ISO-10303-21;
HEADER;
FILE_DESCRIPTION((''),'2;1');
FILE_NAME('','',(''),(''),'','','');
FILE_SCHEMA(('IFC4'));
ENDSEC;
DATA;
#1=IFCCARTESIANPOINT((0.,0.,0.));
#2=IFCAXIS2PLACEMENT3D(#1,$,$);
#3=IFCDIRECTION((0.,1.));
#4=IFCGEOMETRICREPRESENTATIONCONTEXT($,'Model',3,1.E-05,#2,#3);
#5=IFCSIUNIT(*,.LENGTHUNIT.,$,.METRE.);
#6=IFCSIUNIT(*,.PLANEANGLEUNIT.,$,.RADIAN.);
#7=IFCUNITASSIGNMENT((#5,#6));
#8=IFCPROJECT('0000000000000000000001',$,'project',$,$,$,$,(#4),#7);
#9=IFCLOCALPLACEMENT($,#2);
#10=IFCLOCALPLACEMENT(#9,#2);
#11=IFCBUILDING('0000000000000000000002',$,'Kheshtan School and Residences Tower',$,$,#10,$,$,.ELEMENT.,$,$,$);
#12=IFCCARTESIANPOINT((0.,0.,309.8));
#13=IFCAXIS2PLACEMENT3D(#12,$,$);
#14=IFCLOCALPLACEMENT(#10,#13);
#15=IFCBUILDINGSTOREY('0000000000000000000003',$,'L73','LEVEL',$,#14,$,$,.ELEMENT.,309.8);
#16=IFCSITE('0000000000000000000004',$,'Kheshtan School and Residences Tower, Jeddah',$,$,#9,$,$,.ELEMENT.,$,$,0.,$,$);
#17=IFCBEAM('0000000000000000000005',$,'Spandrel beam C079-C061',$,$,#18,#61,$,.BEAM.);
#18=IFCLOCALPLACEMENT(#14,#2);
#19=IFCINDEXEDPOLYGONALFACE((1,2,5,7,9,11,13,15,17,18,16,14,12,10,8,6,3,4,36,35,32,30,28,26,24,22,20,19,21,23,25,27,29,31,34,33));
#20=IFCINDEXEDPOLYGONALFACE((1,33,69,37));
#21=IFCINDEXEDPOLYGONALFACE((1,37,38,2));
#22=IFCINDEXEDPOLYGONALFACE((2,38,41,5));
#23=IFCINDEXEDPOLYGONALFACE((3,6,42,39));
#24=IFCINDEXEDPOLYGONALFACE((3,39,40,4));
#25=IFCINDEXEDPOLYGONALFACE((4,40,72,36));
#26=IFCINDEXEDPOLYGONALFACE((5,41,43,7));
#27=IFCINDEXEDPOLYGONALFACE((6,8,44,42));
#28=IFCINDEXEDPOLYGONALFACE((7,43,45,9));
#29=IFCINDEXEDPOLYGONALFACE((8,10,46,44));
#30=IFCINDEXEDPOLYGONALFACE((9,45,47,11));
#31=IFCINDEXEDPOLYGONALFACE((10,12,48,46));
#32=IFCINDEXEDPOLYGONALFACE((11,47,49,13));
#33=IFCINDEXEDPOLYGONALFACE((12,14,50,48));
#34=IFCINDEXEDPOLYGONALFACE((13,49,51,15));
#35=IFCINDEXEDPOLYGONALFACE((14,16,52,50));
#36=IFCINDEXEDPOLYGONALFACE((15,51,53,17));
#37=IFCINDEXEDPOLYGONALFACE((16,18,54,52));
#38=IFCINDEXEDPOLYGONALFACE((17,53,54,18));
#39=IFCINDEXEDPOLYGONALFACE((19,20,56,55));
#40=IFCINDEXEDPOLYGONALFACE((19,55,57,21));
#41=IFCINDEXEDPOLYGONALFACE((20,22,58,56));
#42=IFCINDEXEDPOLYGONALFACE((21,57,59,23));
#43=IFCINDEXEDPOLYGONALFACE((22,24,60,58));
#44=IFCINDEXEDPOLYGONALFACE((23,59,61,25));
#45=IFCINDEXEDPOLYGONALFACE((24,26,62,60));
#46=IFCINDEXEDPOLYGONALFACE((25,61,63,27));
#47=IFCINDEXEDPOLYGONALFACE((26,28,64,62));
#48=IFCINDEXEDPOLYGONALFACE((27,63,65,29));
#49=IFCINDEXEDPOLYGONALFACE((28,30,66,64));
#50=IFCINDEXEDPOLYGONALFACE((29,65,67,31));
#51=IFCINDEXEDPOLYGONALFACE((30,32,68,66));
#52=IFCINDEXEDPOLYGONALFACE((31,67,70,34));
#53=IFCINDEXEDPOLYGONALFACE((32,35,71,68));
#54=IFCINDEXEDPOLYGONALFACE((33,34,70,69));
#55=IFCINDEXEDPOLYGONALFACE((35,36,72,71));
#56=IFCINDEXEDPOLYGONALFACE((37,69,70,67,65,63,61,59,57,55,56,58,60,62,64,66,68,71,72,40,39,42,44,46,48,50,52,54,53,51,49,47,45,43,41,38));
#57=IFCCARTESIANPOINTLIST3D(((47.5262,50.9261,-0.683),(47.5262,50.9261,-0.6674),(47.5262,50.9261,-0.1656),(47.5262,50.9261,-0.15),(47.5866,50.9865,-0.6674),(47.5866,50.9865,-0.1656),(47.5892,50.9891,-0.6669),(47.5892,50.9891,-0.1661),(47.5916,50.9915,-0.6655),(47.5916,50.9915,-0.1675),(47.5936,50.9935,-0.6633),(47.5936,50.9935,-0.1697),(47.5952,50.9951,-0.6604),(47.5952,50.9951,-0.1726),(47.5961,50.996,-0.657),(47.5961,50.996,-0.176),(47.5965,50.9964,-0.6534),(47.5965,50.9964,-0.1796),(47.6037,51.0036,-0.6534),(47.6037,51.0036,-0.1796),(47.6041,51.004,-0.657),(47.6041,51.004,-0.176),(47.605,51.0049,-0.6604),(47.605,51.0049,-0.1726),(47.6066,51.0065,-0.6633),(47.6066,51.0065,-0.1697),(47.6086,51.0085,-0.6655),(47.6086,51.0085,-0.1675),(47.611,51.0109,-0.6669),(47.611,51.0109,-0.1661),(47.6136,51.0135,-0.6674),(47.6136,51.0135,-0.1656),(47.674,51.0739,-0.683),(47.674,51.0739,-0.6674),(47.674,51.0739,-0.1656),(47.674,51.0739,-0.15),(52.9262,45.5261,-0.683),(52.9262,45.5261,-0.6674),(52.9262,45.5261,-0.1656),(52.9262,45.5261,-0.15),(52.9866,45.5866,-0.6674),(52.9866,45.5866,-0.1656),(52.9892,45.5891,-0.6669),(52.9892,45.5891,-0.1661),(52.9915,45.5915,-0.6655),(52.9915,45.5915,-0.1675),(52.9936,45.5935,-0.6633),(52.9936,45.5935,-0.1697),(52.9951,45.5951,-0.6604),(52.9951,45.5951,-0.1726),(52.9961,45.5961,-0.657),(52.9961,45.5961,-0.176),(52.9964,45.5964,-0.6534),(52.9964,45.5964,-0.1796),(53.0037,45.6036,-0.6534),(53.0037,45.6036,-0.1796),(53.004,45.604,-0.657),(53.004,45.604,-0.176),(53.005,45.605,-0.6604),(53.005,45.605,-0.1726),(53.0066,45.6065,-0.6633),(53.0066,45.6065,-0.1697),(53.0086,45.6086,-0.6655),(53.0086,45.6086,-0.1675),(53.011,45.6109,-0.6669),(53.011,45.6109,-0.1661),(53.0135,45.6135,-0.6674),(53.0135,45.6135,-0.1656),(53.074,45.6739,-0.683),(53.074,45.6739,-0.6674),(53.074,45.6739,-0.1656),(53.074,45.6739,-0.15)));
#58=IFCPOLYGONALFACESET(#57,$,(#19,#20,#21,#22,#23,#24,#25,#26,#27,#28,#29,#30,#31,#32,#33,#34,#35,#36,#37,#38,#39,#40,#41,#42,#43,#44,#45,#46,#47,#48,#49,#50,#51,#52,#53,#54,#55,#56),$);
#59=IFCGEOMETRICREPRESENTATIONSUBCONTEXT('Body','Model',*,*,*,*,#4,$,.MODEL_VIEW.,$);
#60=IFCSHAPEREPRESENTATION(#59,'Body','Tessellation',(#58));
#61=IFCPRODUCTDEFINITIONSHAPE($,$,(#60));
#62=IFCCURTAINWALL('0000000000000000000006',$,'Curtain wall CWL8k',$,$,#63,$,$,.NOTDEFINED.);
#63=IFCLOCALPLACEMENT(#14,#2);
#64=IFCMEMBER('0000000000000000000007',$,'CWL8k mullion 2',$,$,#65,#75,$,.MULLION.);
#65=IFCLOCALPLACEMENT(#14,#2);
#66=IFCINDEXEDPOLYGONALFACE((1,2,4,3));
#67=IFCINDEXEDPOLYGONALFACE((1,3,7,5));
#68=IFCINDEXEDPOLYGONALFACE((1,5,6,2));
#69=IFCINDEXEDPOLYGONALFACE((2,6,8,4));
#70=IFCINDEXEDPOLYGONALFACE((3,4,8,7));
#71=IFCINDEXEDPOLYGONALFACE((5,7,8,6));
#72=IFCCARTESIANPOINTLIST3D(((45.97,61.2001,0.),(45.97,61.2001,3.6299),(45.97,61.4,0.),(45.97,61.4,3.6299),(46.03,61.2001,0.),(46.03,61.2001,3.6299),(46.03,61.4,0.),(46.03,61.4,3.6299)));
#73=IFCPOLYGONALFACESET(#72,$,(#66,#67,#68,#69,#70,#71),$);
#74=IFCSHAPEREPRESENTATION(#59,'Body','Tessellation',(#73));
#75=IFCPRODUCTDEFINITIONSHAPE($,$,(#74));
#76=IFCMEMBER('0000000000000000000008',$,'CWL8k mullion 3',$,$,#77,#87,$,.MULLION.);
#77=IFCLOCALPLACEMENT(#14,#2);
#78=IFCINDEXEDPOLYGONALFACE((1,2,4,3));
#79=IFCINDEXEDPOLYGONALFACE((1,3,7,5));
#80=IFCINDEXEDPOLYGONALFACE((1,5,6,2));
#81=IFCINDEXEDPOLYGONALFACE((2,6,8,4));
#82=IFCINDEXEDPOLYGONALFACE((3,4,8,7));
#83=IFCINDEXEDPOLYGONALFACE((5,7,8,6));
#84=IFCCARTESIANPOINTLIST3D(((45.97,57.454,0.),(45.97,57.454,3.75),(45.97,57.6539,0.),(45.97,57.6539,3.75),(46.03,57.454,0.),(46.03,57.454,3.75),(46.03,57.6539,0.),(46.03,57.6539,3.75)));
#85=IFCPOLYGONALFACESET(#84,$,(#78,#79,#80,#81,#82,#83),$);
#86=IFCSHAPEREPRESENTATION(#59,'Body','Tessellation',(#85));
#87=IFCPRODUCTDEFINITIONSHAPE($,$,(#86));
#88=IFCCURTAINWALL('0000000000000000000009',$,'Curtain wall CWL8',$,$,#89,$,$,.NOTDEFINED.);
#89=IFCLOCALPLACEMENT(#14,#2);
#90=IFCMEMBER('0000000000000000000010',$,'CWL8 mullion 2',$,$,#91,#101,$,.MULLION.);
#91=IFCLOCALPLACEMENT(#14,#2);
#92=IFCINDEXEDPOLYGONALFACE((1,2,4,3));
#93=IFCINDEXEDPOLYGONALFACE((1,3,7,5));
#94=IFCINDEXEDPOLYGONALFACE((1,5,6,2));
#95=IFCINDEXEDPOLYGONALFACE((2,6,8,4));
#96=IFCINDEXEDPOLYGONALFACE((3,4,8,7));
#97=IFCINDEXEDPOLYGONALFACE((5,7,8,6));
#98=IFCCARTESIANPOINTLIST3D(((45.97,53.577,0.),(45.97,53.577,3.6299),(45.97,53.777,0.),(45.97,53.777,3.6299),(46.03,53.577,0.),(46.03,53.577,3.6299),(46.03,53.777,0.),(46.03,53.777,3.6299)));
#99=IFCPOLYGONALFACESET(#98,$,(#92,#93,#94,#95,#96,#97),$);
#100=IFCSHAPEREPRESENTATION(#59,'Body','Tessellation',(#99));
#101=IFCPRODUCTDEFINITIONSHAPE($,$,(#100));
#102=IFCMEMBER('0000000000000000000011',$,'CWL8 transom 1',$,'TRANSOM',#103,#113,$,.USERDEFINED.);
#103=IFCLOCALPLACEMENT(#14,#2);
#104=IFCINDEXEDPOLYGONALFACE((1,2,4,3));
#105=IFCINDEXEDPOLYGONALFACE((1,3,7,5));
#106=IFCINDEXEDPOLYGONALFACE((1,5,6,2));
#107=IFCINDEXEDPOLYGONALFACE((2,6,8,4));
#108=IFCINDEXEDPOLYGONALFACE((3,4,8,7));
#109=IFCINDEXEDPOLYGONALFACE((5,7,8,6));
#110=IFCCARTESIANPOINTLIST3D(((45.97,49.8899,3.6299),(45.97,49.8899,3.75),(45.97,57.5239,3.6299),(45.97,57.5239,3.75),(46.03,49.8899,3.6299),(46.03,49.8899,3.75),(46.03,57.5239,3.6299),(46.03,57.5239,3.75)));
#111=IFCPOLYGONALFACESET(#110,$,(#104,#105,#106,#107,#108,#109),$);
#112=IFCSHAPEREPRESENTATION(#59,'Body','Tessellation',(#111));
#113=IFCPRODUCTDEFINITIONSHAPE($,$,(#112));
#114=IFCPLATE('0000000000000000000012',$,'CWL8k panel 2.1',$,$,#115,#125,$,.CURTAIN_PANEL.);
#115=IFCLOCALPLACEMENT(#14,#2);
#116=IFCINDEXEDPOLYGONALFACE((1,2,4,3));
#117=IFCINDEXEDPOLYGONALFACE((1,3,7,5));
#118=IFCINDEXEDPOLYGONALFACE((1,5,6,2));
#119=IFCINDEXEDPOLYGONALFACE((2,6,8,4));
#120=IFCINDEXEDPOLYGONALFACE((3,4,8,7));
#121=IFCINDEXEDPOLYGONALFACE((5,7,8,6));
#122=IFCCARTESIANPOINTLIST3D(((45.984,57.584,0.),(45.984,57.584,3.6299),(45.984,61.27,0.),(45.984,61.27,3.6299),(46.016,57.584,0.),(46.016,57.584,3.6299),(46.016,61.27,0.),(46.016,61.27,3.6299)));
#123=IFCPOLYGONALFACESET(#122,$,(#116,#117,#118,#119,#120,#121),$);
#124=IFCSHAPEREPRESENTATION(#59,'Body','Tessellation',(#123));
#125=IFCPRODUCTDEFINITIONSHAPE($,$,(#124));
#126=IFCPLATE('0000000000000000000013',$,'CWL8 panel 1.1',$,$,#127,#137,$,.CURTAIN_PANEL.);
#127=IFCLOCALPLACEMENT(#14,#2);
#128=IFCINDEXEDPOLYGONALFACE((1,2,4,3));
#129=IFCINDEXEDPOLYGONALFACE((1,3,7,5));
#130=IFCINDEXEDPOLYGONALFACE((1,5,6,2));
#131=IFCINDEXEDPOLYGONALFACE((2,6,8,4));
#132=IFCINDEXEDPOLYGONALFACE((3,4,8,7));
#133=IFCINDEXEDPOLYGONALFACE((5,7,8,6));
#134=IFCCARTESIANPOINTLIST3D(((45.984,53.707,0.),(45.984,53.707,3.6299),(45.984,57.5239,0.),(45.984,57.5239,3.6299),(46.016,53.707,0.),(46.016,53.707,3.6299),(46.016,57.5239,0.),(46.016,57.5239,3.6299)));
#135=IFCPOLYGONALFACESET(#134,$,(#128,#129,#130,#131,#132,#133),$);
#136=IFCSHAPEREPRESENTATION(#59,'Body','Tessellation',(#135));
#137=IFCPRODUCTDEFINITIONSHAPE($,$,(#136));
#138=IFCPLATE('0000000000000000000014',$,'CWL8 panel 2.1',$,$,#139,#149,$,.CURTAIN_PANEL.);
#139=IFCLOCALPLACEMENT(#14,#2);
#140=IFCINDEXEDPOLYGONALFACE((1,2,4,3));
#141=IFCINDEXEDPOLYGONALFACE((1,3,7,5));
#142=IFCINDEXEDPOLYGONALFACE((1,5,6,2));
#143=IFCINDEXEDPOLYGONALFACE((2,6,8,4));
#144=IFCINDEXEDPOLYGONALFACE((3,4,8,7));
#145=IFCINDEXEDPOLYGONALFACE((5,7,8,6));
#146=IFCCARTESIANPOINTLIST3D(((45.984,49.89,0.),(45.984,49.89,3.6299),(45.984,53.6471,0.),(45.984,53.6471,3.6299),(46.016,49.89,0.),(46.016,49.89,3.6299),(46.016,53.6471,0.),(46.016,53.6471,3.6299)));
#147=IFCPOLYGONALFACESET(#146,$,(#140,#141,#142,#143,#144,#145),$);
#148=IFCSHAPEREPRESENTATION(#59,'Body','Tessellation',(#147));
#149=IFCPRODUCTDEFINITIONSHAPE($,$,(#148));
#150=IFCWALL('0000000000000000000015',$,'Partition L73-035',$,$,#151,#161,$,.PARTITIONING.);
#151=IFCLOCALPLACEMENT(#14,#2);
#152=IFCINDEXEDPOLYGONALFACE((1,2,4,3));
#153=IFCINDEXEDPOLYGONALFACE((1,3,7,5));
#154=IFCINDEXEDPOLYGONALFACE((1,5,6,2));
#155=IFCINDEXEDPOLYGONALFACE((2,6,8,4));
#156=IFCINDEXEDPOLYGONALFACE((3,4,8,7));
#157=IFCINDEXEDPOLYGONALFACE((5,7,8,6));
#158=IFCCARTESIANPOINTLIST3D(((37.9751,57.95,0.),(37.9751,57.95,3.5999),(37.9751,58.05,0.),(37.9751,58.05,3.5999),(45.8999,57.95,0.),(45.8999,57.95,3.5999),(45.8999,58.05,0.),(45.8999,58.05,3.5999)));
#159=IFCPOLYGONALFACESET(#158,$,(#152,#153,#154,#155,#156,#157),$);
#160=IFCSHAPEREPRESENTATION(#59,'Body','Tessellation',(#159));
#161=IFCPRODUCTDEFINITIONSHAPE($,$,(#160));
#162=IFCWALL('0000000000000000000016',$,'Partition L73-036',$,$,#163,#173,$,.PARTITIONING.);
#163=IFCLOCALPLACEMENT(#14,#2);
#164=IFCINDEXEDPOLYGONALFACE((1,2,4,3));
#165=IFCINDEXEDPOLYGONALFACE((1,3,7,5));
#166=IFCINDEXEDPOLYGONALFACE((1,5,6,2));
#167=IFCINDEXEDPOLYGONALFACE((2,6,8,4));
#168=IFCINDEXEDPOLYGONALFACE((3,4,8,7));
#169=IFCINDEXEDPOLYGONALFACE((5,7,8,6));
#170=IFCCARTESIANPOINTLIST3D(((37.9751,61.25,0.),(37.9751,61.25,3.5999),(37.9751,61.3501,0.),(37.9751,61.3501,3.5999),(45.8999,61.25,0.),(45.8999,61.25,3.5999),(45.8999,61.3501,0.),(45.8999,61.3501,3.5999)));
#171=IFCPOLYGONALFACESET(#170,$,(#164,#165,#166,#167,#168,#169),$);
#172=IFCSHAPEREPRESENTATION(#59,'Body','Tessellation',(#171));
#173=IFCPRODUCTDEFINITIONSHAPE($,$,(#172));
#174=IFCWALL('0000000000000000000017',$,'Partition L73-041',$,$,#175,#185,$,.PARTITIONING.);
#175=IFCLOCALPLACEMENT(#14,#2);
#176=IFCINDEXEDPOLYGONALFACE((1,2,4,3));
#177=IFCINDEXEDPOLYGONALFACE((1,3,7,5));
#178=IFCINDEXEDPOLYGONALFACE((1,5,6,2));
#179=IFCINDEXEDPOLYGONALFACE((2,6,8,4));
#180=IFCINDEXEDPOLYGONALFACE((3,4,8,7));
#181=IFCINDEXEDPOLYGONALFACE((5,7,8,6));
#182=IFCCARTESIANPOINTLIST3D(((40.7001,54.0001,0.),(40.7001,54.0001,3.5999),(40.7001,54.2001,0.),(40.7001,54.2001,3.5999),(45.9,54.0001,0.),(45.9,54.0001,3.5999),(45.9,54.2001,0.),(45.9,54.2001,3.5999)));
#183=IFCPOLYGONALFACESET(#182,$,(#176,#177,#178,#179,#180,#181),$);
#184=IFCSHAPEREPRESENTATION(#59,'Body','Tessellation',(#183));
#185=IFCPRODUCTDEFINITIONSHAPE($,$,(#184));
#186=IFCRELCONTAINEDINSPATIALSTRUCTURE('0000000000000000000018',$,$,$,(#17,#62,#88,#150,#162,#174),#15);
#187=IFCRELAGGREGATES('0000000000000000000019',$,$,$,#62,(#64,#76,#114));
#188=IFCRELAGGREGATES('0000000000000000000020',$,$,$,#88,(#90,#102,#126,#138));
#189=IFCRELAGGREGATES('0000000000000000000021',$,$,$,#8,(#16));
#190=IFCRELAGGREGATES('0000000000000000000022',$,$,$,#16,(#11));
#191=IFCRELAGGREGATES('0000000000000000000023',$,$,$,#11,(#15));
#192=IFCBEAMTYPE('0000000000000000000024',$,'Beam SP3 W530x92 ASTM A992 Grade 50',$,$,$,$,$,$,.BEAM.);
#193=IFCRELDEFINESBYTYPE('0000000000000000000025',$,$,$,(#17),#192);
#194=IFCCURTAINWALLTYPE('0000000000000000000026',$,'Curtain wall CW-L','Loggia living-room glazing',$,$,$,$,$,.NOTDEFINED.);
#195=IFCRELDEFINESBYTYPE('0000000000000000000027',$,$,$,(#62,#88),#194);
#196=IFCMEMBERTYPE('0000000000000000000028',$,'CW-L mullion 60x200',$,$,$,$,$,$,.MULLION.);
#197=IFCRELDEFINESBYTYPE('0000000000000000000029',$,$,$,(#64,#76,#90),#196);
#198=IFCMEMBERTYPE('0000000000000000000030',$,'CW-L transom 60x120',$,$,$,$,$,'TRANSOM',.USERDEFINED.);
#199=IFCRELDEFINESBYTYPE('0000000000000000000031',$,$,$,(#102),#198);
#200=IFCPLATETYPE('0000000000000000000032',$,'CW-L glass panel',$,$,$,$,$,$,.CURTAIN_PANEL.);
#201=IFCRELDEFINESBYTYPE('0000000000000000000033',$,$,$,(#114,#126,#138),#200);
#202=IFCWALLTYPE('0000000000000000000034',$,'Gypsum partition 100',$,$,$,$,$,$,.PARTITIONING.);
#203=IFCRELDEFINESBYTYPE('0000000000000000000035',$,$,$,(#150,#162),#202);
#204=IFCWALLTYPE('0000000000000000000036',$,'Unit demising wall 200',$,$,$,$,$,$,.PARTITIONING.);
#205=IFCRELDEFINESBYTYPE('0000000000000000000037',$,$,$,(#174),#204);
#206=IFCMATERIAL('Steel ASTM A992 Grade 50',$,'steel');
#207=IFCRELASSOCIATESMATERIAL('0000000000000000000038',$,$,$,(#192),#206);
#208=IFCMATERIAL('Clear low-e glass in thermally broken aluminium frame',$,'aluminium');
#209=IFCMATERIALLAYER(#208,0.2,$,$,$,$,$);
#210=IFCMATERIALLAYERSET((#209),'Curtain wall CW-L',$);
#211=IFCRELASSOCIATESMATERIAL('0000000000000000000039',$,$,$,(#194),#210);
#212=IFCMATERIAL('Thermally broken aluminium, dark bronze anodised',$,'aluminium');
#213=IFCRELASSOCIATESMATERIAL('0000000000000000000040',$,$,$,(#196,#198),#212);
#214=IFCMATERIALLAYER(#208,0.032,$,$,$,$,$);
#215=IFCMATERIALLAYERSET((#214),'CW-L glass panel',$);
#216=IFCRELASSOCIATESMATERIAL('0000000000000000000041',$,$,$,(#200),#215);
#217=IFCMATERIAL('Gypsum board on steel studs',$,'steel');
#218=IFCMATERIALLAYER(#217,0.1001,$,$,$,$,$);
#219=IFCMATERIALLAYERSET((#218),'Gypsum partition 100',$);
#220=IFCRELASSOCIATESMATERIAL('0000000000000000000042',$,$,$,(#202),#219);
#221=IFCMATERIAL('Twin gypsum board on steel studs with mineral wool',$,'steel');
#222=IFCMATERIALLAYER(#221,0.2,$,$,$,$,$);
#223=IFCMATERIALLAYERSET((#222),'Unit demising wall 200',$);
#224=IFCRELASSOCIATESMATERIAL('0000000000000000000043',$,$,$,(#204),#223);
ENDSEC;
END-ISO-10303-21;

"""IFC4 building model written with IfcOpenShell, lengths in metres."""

from ifc_helpers import new_model, si_unit, direction, frame, frame_2d, origin, origin_2d, place, context, subcontext, project, spatial, rectangle, i_section, extrude, material, layer, layer_set, material_profile, profile_set, type_object, element, aggregate, save


model = new_model("IFC4")

# Units and contexts
model_context = context("Model", 3, precision=1e-05, world=origin(), true_north=direction((0.0, 1.0)))
body_context = subcontext(model_context, "Body", "Model", "MODEL_VIEW")
ifc_project = project(units=[si_unit("LENGTHUNIT", "METRE"), si_unit("PLANEANGLEUNIT", "RADIAN")], contexts=[model_context])

# Site, building, storey
site_placement = place(None, origin())
site = spatial("IfcSite", under=ifc_project, at=site_placement, Name="Kheshtan School and Residences Tower, Jeddah", CompositionType="ELEMENT", RefElevation=0.0)
building_placement = place(site_placement, origin())
building = spatial("IfcBuilding", under=site, at=building_placement, Name="Kheshtan School and Residences Tower", CompositionType="ELEMENT")
storey_placement = place(building_placement, frame((0.0, 0.0, 309.8)))
storey = spatial("IfcBuildingStorey", under=building, at=storey_placement, Name="L73", Description="LEVEL", CompositionType="ELEMENT", Elevation=309.8)

# Shared definitions
ifc_material_1 = material(Name="Steel ASTM A992 Grade 50", Category="steel")

# Beam
ifc_material_profile_1 = material_profile(ifc_material_1, i_section(OverallWidth=0.209, OverallDepth=0.533, WebThickness=0.0103, FlangeThickness=0.0156, FilletRadius=0.0139, at=origin_2d()), Name="W530x92")
ifc_profile_set_1 = profile_set([ifc_material_profile_1], Name="Steel ASTM A992 Grade 50")
beam_type_1 = type_object("IfcBeamType", Name="Beam SP3 W530x92 ASTM A992 Grade 50", PredefinedType="BEAM", material=ifc_profile_set_1)
beam_1_placement = place(storey_placement, frame((47.6001, 51.0, -0.4165), z_axis=(0.707107, -0.707107, 0.0), x_axis=(0.707107, 0.707107, 0.0)))
element("IfcBeam", 1, at=beam_1_placement, inside=storey, type_object=beam_type_1, Name="Spandrel beam C079-C061", PredefinedType="BEAM", context=body_context, shape_type="SweptSolid", body=[
    extrude(i_section(OverallWidth=0.209, OverallDepth=0.533, WebThickness=0.0103, FlangeThickness=0.0156, FilletRadius=0.0139, at=origin_2d()), origin(), (0.0, 0.0, 1.0), 7.6367),
])

# Curtain walls, members
ifc_material_2 = material(Name="Clear low-e glass in thermally broken aluminium frame", Category="aluminium")
ifc_layer_1 = layer(ifc_material_2, 0.2)
ifc_layer_set_1 = layer_set([ifc_layer_1], Name="Curtain wall CW-L")
curtain_wall_type = type_object("IfcCurtainWallType", Name="Curtain wall CW-L", Description="Loggia living-room glazing", PredefinedType="NOTDEFINED", material=ifc_layer_set_1)
curtain_wall_1_placement = place(storey_placement, origin())
curtain_wall_1 = element("IfcCurtainWall", 2, at=curtain_wall_1_placement, inside=storey, type_object=curtain_wall_type, Name="Curtain wall CWL8k", PredefinedType="NOTDEFINED")
ifc_material_3 = material(Name="Thermally broken aluminium, dark bronze anodised", Category="aluminium")
ifc_material_profile_2 = material_profile(ifc_material_3, rectangle(XDim=0.0601, YDim=0.2, at=origin_2d()), Name="CW-L mullion 60x200")
ifc_profile_set_2 = profile_set([ifc_material_profile_2], Name="Thermally broken aluminium, dark bronze anodised")
member_type_1 = type_object("IfcMemberType", Name="CW-L mullion 60x200", PredefinedType="MULLION", material=ifc_profile_set_2)
member_1_placement = place(storey_placement, frame((46.0, 61.3, 0.0), z_axis=(0.0, 0.0, 1.0), x_axis=(1.0, 0.0, 0.0)))
member_1 = element("IfcMember", 3, at=member_1_placement, type_object=member_type_1, Name="CWL8k mullion 2", PredefinedType="MULLION", context=body_context, shape_type="SweptSolid", body=[
    extrude(rectangle(XDim=0.0601, YDim=0.2, at=origin_2d()), origin(), (0.0, 0.0, 1.0), 3.6299),
])
member_2_placement = place(storey_placement, frame((46.0, 57.554, 0.0), z_axis=(0.0, 0.0, 1.0), x_axis=(1.0, 0.0, 0.0)))
member_2 = element("IfcMember", 4, at=member_2_placement, type_object=member_type_1, Name="CWL8k mullion 3", PredefinedType="MULLION", context=body_context, shape_type="SweptSolid", body=[
    extrude(rectangle(XDim=0.0601, YDim=0.2, at=origin_2d()), origin(), (0.0, 0.0, 1.0), 3.75),
])
curtain_wall_2_placement = place(storey_placement, origin())
curtain_wall_2 = element("IfcCurtainWall", 5, at=curtain_wall_2_placement, inside=storey, type_object=curtain_wall_type, Name="Curtain wall CWL8", PredefinedType="NOTDEFINED")
member_3_placement = place(storey_placement, frame((46.0, 53.677, 0.0), z_axis=(0.0, 0.0, 1.0), x_axis=(1.0, 0.0, 0.0)))
member_3 = element("IfcMember", 6, at=member_3_placement, type_object=member_type_1, Name="CWL8 mullion 2", PredefinedType="MULLION", context=body_context, shape_type="SweptSolid", body=[
    extrude(rectangle(XDim=0.0601, YDim=0.2, at=origin_2d()), origin(), (0.0, 0.0, 1.0), 3.6299),
])
ifc_material_profile_3 = material_profile(ifc_material_3, rectangle(XDim=0.0601, YDim=0.1201, at=origin_2d()), Name="CW-L transom 60x120")
ifc_profile_set_3 = profile_set([ifc_material_profile_3], Name="Thermally broken aluminium, dark bronze anodised")
member_type_2 = type_object("IfcMemberType", Name="CW-L transom 60x120", ElementType="TRANSOM", PredefinedType="USERDEFINED", material=ifc_profile_set_3)
member_4_placement = place(storey_placement, frame((46.0, 57.5239, 3.6899), z_axis=(0.0, -1.0, 0.0), x_axis=(1.0, 0.0, 0.0)))
member_4 = element("IfcMember", 7, at=member_4_placement, type_object=member_type_2, Name="CWL8 transom 1", ObjectType="TRANSOM", PredefinedType="USERDEFINED", context=body_context, shape_type="SweptSolid", body=[
    extrude(rectangle(XDim=0.0601, YDim=0.1201, at=origin_2d()), origin(), (0.0, 0.0, 1.0), 7.634),
])

# Plates
ifc_layer_2 = layer(ifc_material_2, 0.032)
ifc_layer_set_2 = layer_set([ifc_layer_2], Name="CW-L glass panel")
plate_type = type_object("IfcPlateType", Name="CW-L glass panel", PredefinedType="CURTAIN_PANEL", material=ifc_layer_set_2)
plate_1_placement = place(storey_placement, frame((46.0, 59.427, 0.0), z_axis=(0.0, 0.0, 1.0), x_axis=(0.0, -1.0, 0.0)))
plate_1 = element("IfcPlate", 8, at=plate_1_placement, type_object=plate_type, Name="CWL8k panel 2.1", PredefinedType="CURTAIN_PANEL", context=body_context, shape_type="SweptSolid", body=[
    extrude(rectangle(XDim=3.686, YDim=0.032, at=origin_2d()), origin(), (0.0, 0.0, 1.0), 3.6299),
])
aggregate(curtain_wall_1, [member_1, member_2, plate_1])
plate_2_placement = place(storey_placement, frame((46.0, 55.6155, 0.0), z_axis=(0.0, 0.0, 1.0), x_axis=(0.0, -1.0, 0.0)))
plate_2 = element("IfcPlate", 9, at=plate_2_placement, type_object=plate_type, Name="CWL8 panel 1.1", PredefinedType="CURTAIN_PANEL", context=body_context, shape_type="SweptSolid", body=[
    extrude(rectangle(XDim=3.8169, YDim=0.032, at=origin_2d()), origin(), (0.0, 0.0, 1.0), 3.6299),
])
plate_3_placement = place(storey_placement, frame((46.0, 51.7686, 0.0), z_axis=(0.0, 0.0, 1.0), x_axis=(0.0, -1.0, 0.0)))
plate_3 = element("IfcPlate", 10, at=plate_3_placement, type_object=plate_type, Name="CWL8 panel 2.1", PredefinedType="CURTAIN_PANEL", context=body_context, shape_type="SweptSolid", body=[
    extrude(rectangle(XDim=3.7571, YDim=0.032, at=origin_2d()), origin(), (0.0, 0.0, 1.0), 3.6299),
])
aggregate(curtain_wall_2, [member_3, member_4, plate_2, plate_3])

# Walls
ifc_material_4 = material(Name="Gypsum board on steel studs", Category="steel")
ifc_layer_3 = layer(ifc_material_4, 0.1001)
ifc_layer_set_3 = layer_set([ifc_layer_3], Name="Gypsum partition 100")
wall_type_1 = type_object("IfcWallType", Name="Gypsum partition 100", PredefinedType="PARTITIONING", material=ifc_layer_set_3)
for number, where, z_axis, x_axis, name in (
    (11, (37.9751, 58.0, 0.0), (0.0, 0.0, 1.0), (1.0, 0.0, 0.0), "Partition L73-035"),
    (12, (37.9751, 61.3, 0.0), (0.0, 0.0, 1.0), (1.0, 0.0, 0.0), "Partition L73-036"),
):
    element("IfcWall", number, at=place(storey_placement, frame(where, z_axis=z_axis, x_axis=x_axis)), inside=storey, type_object=wall_type_1, Name=name, PredefinedType="PARTITIONING", context=body_context, shape_type="SweptSolid", body=[
        extrude(rectangle(XDim=7.9248, YDim=0.1001, at=frame_2d((3.9624, 0.0))), origin(), (0.0, 0.0, 1.0), 3.5999),
    ])
ifc_material_5 = material(Name="Twin gypsum board on steel studs with mineral wool", Category="steel")
ifc_layer_4 = layer(ifc_material_5, 0.2)
ifc_layer_set_4 = layer_set([ifc_layer_4], Name="Unit demising wall 200")
wall_type_2 = type_object("IfcWallType", Name="Unit demising wall 200", PredefinedType="PARTITIONING", material=ifc_layer_set_4)
wall_1_placement = place(storey_placement, frame((40.7, 54.1001, 0.0), z_axis=(0.0, 0.0, 1.0), x_axis=(1.0, 0.0, 0.0)))
element("IfcWall", 13, at=wall_1_placement, inside=storey, type_object=wall_type_2, Name="Partition L73-041", PredefinedType="PARTITIONING", context=body_context, shape_type="SweptSolid", body=[
    extrude(rectangle(XDim=5.2, YDim=0.2, at=frame_2d((2.6001, 0.0))), origin(), (0.0, 0.0, 1.0), 3.5999),
])

save(model, "model.ifc")
